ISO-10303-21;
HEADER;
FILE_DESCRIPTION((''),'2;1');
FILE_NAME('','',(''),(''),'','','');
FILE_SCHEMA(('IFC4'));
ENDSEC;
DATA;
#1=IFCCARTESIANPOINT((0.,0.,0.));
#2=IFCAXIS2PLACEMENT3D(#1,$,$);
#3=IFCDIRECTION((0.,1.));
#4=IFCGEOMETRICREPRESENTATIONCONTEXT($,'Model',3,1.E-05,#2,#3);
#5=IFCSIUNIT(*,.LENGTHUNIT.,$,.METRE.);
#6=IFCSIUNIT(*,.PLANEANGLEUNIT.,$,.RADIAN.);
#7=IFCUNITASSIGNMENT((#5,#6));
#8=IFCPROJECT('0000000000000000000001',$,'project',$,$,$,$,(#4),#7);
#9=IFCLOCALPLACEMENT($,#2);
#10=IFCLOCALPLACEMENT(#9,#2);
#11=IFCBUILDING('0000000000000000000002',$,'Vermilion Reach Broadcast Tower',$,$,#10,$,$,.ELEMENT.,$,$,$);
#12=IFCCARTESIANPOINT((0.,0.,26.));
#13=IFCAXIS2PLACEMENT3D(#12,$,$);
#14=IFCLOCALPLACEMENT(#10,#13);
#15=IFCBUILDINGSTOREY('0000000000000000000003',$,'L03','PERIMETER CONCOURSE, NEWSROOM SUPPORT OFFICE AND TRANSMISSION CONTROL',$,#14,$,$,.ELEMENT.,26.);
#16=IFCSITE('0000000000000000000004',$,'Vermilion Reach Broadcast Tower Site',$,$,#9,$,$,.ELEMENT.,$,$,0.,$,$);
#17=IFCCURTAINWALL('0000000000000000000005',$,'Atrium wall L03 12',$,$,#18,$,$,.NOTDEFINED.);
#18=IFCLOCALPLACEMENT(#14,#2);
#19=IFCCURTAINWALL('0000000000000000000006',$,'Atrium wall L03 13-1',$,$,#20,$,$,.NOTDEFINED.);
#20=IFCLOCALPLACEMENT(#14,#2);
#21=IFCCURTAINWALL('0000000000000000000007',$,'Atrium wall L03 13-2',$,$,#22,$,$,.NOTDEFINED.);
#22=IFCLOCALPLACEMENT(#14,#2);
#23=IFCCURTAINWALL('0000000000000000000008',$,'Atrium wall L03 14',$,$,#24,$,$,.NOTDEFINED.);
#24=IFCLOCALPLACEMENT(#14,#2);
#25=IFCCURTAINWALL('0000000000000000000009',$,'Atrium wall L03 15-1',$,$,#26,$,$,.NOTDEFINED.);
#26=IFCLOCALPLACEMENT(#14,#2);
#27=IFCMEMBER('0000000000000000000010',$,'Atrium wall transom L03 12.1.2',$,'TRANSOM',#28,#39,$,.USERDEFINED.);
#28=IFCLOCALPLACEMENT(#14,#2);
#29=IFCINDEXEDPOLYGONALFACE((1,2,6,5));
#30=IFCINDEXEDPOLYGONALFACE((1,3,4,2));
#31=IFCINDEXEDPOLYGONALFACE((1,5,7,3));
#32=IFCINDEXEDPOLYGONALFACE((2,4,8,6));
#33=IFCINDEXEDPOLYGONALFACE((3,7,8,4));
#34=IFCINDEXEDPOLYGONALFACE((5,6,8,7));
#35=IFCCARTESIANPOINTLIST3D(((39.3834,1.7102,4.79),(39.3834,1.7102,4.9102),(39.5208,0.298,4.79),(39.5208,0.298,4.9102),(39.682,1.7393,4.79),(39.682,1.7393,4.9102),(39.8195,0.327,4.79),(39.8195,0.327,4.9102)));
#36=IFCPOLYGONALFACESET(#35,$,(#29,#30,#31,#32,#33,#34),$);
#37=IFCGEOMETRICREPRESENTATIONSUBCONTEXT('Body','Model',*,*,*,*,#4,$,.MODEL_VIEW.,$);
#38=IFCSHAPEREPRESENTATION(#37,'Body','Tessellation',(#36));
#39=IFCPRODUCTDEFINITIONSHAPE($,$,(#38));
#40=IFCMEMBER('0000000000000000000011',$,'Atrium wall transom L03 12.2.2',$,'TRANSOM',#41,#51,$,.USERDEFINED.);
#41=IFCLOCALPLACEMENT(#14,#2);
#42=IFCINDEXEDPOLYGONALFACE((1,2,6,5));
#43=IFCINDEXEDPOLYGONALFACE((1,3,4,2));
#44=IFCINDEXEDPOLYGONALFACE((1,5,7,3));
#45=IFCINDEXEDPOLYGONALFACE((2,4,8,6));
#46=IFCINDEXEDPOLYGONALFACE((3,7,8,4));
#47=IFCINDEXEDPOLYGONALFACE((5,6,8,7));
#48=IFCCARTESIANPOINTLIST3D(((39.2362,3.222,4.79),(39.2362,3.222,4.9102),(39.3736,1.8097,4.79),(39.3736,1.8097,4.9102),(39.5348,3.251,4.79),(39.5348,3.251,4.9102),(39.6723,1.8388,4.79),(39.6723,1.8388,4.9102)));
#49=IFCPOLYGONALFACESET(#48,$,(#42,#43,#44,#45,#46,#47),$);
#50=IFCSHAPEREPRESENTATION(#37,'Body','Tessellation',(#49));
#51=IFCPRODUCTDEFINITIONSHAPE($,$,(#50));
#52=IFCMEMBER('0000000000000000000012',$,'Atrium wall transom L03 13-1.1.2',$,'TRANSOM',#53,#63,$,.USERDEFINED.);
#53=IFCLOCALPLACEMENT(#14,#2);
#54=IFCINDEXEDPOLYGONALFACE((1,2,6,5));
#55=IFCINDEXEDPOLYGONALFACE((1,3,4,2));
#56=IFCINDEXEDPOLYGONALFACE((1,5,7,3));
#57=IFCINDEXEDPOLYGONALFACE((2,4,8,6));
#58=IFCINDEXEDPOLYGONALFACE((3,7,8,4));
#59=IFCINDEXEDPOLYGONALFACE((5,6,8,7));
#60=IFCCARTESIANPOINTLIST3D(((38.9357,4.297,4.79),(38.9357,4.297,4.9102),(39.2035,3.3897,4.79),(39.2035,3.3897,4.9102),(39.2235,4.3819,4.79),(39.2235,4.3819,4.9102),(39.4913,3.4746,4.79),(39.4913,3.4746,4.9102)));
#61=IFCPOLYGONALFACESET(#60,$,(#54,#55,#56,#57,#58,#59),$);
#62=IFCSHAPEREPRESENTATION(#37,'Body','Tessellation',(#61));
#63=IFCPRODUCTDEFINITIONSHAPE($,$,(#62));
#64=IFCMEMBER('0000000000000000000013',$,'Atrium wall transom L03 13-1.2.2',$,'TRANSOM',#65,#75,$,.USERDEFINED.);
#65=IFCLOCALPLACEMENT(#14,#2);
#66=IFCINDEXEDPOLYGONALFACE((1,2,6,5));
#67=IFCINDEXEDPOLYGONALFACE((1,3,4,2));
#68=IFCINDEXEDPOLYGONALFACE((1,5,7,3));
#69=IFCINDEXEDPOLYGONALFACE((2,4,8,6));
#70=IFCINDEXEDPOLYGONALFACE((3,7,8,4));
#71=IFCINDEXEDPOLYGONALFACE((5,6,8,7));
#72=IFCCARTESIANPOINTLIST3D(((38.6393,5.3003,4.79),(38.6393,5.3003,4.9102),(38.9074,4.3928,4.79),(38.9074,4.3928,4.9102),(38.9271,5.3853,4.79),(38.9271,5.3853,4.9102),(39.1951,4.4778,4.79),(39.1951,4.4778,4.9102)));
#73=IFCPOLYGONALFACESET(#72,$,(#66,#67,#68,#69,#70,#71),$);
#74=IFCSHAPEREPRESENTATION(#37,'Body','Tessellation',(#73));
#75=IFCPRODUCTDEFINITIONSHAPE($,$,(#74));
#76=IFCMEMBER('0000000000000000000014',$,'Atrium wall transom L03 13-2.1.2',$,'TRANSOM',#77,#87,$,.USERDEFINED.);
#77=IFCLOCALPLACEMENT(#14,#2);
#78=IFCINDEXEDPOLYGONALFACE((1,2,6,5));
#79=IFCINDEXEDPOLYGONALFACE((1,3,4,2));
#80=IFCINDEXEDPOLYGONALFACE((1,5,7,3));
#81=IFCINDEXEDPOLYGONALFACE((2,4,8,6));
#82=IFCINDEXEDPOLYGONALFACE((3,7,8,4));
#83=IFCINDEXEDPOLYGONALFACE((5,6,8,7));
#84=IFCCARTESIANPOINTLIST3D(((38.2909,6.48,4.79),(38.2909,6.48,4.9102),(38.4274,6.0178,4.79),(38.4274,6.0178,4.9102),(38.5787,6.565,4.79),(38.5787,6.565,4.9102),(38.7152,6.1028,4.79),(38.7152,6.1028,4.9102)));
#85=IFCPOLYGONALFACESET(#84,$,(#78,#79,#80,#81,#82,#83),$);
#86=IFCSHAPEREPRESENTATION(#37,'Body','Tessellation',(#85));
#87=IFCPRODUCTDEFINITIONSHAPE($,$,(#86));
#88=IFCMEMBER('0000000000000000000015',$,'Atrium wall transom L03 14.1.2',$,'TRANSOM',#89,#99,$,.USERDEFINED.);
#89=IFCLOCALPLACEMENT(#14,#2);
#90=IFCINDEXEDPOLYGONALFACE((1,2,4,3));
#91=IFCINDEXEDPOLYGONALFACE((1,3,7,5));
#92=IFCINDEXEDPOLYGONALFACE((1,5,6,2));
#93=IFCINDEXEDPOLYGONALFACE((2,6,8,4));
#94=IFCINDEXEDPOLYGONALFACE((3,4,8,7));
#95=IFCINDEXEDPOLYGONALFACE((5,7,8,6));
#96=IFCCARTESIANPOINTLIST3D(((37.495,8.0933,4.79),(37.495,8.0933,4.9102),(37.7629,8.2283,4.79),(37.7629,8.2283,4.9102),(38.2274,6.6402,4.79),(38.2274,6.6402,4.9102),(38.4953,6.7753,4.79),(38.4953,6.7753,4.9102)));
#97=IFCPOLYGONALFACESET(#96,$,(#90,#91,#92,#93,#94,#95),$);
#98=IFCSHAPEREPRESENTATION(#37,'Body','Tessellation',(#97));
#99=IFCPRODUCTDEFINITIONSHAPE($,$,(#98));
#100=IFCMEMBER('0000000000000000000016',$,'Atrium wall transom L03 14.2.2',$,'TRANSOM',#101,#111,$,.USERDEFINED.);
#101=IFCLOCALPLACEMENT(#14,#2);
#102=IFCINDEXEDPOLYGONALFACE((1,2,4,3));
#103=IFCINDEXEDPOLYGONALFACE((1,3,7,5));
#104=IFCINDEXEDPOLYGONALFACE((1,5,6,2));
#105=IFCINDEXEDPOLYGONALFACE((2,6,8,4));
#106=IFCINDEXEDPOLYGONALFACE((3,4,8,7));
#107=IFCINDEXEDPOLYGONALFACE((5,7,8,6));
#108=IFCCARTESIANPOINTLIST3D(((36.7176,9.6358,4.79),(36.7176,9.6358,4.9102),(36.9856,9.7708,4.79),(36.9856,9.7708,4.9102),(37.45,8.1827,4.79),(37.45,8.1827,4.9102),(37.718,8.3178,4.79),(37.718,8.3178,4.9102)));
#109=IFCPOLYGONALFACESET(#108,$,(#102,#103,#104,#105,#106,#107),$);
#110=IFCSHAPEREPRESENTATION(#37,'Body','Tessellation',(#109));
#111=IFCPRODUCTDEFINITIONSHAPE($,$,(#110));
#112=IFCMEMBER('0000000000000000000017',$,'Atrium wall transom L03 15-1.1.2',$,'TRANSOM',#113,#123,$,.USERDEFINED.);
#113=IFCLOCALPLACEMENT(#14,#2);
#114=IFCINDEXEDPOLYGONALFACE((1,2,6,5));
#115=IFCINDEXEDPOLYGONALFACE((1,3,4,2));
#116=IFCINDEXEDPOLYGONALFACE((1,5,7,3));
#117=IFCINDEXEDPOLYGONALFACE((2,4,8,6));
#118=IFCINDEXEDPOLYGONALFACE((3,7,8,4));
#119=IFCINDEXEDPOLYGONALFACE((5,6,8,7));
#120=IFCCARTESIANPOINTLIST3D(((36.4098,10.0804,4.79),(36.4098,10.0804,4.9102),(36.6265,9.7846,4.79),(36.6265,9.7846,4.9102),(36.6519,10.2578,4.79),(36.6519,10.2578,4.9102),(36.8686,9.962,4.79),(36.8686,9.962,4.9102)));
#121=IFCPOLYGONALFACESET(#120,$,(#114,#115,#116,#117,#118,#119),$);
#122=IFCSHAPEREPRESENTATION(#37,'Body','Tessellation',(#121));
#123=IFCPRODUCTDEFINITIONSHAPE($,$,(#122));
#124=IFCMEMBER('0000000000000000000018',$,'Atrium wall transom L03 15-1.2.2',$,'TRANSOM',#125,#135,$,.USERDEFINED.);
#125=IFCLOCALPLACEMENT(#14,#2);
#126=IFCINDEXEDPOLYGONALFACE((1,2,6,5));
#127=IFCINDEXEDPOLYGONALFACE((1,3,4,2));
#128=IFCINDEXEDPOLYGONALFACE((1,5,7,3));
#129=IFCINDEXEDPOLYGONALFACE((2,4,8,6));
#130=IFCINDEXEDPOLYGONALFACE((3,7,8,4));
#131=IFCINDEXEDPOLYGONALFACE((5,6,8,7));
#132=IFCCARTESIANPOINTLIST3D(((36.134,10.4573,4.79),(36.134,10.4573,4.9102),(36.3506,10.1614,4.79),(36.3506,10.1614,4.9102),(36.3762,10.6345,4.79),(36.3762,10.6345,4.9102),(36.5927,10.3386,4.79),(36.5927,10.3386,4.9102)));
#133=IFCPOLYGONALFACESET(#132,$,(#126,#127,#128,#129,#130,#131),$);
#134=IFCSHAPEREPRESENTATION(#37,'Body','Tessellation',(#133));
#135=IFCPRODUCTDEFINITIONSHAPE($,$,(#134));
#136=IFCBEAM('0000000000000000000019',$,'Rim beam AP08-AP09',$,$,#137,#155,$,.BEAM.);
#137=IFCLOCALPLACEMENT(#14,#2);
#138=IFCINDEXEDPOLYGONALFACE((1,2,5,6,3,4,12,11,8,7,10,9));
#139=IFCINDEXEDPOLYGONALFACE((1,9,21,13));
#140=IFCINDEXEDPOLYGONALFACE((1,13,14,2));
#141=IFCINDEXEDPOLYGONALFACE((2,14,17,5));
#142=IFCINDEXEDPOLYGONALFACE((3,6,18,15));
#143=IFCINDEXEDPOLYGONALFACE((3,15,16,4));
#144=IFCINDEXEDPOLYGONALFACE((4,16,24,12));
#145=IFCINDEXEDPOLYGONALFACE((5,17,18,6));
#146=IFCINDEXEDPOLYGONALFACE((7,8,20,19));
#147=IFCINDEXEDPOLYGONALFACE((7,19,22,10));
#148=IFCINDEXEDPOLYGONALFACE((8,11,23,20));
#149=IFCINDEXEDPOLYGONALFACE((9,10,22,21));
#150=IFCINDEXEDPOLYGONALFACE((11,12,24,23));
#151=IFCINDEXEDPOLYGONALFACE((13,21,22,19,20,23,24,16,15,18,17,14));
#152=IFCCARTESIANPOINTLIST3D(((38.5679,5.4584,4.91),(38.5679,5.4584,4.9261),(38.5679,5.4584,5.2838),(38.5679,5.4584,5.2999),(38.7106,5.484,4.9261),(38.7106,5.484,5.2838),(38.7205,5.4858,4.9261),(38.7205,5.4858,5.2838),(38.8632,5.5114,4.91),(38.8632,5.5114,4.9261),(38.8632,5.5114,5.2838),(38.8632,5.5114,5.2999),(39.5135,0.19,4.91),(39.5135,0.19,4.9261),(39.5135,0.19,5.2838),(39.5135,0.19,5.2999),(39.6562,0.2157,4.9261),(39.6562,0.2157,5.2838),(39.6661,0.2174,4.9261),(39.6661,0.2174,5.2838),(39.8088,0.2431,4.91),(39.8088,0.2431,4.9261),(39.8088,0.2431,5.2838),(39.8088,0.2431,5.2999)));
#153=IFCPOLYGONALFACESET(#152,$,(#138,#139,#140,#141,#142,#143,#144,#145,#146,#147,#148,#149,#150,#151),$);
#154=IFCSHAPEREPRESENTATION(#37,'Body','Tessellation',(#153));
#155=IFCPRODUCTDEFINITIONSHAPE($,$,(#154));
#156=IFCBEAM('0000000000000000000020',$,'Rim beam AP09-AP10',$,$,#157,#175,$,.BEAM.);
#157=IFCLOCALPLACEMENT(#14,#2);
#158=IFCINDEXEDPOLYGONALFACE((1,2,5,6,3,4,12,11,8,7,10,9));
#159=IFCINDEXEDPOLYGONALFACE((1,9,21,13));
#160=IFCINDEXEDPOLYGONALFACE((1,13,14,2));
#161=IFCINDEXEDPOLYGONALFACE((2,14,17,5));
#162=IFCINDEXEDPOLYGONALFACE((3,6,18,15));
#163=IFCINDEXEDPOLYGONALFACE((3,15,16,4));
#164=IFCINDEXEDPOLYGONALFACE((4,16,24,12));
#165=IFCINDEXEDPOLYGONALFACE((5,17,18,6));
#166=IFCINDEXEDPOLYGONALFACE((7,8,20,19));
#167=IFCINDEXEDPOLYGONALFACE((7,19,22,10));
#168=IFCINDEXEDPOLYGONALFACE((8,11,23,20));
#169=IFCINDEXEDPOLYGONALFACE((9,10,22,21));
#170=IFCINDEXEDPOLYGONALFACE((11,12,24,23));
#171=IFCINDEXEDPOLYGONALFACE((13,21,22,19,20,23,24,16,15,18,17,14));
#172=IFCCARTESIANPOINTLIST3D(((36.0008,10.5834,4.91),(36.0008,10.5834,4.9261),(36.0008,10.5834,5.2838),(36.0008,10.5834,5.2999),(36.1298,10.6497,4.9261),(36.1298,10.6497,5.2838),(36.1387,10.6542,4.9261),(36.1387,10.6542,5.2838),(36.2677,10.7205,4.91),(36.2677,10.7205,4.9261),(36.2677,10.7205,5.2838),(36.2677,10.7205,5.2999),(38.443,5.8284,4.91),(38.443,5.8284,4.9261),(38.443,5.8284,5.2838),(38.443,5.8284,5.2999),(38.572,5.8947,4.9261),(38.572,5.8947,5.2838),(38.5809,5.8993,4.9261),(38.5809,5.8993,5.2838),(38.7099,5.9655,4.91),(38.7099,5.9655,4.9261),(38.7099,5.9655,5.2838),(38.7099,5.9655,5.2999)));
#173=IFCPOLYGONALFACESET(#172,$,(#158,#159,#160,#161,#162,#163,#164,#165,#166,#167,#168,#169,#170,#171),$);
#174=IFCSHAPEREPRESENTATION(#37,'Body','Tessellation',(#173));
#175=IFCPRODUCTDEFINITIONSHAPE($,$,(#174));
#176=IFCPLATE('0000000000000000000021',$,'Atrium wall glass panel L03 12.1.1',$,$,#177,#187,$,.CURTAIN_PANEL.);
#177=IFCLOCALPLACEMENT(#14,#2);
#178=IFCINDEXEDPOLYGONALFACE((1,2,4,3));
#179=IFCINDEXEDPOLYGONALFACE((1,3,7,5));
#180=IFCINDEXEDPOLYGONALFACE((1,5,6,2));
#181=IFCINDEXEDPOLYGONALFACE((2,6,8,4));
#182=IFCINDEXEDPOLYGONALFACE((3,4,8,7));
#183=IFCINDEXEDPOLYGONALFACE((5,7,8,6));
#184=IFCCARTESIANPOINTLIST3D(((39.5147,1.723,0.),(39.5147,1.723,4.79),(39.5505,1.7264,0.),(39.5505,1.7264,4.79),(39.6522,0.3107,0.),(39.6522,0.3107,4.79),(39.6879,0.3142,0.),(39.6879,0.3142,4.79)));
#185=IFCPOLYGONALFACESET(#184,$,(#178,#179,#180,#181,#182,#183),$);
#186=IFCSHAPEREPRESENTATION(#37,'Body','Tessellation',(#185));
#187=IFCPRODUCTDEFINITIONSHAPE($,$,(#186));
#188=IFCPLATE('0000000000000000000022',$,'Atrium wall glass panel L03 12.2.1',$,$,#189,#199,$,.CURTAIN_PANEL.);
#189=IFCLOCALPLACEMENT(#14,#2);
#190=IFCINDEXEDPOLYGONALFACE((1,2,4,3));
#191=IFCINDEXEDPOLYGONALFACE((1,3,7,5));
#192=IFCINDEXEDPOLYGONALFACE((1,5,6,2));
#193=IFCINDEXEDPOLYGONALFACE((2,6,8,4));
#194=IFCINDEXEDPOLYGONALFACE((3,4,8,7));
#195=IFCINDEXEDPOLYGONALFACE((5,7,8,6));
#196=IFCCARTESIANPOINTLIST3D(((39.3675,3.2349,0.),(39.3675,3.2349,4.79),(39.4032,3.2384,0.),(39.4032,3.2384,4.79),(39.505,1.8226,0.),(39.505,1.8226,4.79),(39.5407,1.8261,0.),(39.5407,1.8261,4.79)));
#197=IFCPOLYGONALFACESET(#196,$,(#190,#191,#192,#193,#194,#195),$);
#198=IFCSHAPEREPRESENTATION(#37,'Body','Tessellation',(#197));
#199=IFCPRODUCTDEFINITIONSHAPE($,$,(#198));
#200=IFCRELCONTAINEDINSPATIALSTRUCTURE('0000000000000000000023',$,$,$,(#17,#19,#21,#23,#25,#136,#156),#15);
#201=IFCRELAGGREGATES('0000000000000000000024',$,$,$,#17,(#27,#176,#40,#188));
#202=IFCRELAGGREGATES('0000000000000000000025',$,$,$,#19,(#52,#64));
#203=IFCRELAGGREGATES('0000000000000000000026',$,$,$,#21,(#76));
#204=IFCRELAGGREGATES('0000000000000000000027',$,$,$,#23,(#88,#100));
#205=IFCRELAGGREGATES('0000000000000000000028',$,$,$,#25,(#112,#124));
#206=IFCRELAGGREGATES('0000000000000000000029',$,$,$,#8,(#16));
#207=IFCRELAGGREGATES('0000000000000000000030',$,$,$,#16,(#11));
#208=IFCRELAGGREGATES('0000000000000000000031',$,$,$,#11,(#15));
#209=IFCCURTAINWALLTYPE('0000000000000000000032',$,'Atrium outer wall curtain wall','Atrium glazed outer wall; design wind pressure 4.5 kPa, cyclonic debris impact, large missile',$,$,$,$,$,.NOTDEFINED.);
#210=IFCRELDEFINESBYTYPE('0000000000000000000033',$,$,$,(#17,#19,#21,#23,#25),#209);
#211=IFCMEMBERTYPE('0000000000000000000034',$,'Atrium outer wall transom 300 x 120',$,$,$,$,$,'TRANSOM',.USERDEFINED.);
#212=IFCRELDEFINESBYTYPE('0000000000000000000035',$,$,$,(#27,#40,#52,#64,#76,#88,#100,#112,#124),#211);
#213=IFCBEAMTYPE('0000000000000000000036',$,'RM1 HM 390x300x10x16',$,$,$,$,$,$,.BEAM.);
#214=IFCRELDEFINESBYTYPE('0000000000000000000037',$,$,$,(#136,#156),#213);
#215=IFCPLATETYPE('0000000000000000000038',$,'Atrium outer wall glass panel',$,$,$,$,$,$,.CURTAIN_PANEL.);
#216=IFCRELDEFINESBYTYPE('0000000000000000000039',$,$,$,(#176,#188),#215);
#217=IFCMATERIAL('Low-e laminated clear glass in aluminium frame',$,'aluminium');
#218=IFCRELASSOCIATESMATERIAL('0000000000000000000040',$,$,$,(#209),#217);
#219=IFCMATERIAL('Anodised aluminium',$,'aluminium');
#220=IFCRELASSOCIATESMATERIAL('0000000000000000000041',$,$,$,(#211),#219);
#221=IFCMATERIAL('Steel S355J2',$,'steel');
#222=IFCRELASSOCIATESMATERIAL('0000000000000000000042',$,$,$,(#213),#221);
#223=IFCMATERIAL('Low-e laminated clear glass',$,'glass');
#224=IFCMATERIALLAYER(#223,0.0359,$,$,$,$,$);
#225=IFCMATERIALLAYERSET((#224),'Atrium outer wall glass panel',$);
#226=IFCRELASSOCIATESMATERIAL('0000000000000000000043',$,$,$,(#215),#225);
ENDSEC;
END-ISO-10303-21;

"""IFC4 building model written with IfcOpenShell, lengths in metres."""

from ifc_helpers import new_model, si_unit, direction, frame, origin, origin_2d, place, context, subcontext, project, spatial, rectangle, i_section, extrude, material, layer, layer_set, material_profile, profile_set, type_object, element, aggregate, save


model = new_model("IFC4")

# Units and contexts
model_context = context("Model", 3, precision=1e-05, world=origin(), true_north=direction((0.0, 1.0)))
body_context = subcontext(model_context, "Body", "Model", "MODEL_VIEW")
ifc_project = project(units=[si_unit("LENGTHUNIT", "METRE"), si_unit("PLANEANGLEUNIT", "RADIAN")], contexts=[model_context])

# Site, building, storey
site_placement = place(None, origin())
site = spatial("IfcSite", under=ifc_project, at=site_placement, Name="Vermilion Reach Broadcast Tower Site", CompositionType="ELEMENT", RefElevation=0.0)
building_placement = place(site_placement, origin())
building = spatial("IfcBuilding", under=site, at=building_placement, Name="Vermilion Reach Broadcast Tower", CompositionType="ELEMENT")
storey_placement = place(building_placement, frame((0.0, 0.0, 26.0)))
storey = spatial("IfcBuildingStorey", under=building, at=storey_placement, Name="L03", Description="PERIMETER CONCOURSE, NEWSROOM SUPPORT OFFICE AND TRANSMISSION CONTROL", CompositionType="ELEMENT", Elevation=26.0)

# Curtain walls
ifc_material_1 = material(Name="Low-e laminated clear glass in aluminium frame", Category="aluminium")
curtain_wall_type = type_object("IfcCurtainWallType", Name="Atrium outer wall curtain wall", Description="Atrium glazed outer wall; design wind pressure 4.5 kPa, cyclonic debris impact, large missile", PredefinedType="NOTDEFINED", material=ifc_material_1)
placement = place(storey_placement, origin())
curtain_wall_1 = element("IfcCurtainWall", 1, at=placement, inside=storey, type_object=curtain_wall_type, Name="Atrium wall L03 12", PredefinedType="NOTDEFINED")
curtain_wall_2 = element("IfcCurtainWall", 2, at=placement, inside=storey, type_object=curtain_wall_type, Name="Atrium wall L03 13-1", PredefinedType="NOTDEFINED")
curtain_wall_3 = element("IfcCurtainWall", 3, at=placement, inside=storey, type_object=curtain_wall_type, Name="Atrium wall L03 13-2", PredefinedType="NOTDEFINED")
curtain_wall_4 = element("IfcCurtainWall", 4, at=placement, inside=storey, type_object=curtain_wall_type, Name="Atrium wall L03 14", PredefinedType="NOTDEFINED")
curtain_wall_5 = element("IfcCurtainWall", 5, at=placement, inside=storey, type_object=curtain_wall_type, Name="Atrium wall L03 15-1", PredefinedType="NOTDEFINED")

# Members
ifc_material_2 = material(Name="Anodised aluminium", Category="aluminium")
ifc_material_profile_1 = material_profile(ifc_material_2, rectangle(XDim=0.3, YDim=0.1201, at=origin_2d()), Name="Atrium outer wall transom 300 x 120")
ifc_profile_set_1 = profile_set([ifc_material_profile_1], Name="Anodised aluminium")
member_type_1 = type_object("IfcMemberType", Name="Atrium outer wall transom 300 x 120", ElementType="TRANSOM", PredefinedType="USERDEFINED", material=ifc_profile_set_1)
member_1_placement = place(storey_placement, frame((39.6702, 0.3125, 4.8501), z_axis=(-0.096863, 0.995298, 0.0), x_axis=(-0.995298, -0.096863, 0.0)))
member_1 = element("IfcMember", 6, at=member_1_placement, type_object=member_type_1, Name="Atrium wall transom L03 12.1.2", ObjectType="TRANSOM", PredefinedType="USERDEFINED", context=body_context, shape_type="SweptSolid", body=[
    extrude(rectangle(XDim=0.3, YDim=0.1201, at=origin_2d()), origin(), (0.0, 0.0, 1.0), 1.4189),
])
member_2_placement = place(storey_placement, frame((39.5229, 1.8242, 4.8501), z_axis=(-0.096863, 0.995298, 0.0), x_axis=(-0.995298, -0.096863, 0.0)))
member_2 = element("IfcMember", 7, at=member_2_placement, type_object=member_type_1, Name="Atrium wall transom L03 12.2.2", ObjectType="TRANSOM", PredefinedType="USERDEFINED", context=body_context, shape_type="SweptSolid", body=[
    extrude(rectangle(XDim=0.3, YDim=0.1201, at=origin_2d()), origin(), (0.0, 0.0, 1.0), 1.4189),
])
member_3_placement = place(storey_placement, frame((39.3474, 3.4321, 4.8501), z_axis=(-0.28306, 0.959102, 0.0), x_axis=(-0.959102, -0.28306, 0.0)))
member_3 = element("IfcMember", 8, at=member_3_placement, type_object=member_type_1, Name="Atrium wall transom L03 13-1.1.2", ObjectType="TRANSOM", PredefinedType="USERDEFINED", context=body_context, shape_type="SweptSolid", body=[
    extrude(rectangle(XDim=0.3, YDim=0.1201, at=origin_2d()), origin(), (0.0, 0.0, 1.0), 0.946),
])
member_4_placement = place(storey_placement, frame((39.0513, 4.4353, 4.8501), z_axis=(-0.283298, 0.959032, 0.0), x_axis=(-0.959032, -0.283298, 0.0)))
member_4 = element("IfcMember", 9, at=member_4_placement, type_object=member_type_1, Name="Atrium wall transom L03 13-1.2.2", ObjectType="TRANSOM", PredefinedType="USERDEFINED", context=body_context, shape_type="SweptSolid", body=[
    extrude(rectangle(XDim=0.3, YDim=0.1201, at=origin_2d()), origin(), (0.0, 0.0, 1.0), 0.9463),
])
member_5_placement = place(storey_placement, frame((38.5713, 6.0603, 4.8501), z_axis=(-0.283208, 0.959058, 0.0), x_axis=(-0.959058, -0.283208, 0.0)))
member_5 = element("IfcMember", 10, at=member_5_placement, type_object=member_type_1, Name="Atrium wall transom L03 13-2.1.2", ObjectType="TRANSOM", PredefinedType="USERDEFINED", context=body_context, shape_type="SweptSolid", body=[
    extrude(rectangle(XDim=0.3, YDim=0.1201, at=origin_2d()), origin(), (0.0, 0.0, 1.0), 0.4819),
])
member_6_placement = place(storey_placement, frame((38.3613, 6.7078, 4.8501), z_axis=(-0.450092, 0.892982, 0.0), x_axis=(-0.892982, -0.450092, 0.0)))
member_6 = element("IfcMember", 11, at=member_6_placement, type_object=member_type_1, Name="Atrium wall transom L03 14.1.2", ObjectType="TRANSOM", PredefinedType="USERDEFINED", context=body_context, shape_type="SweptSolid", body=[
    extrude(rectangle(XDim=0.3, YDim=0.1201, at=origin_2d()), origin(), (0.0, 0.0, 1.0), 1.6272),
])
member_7_placement = place(storey_placement, frame((37.584, 8.2502, 4.8501), z_axis=(-0.450092, 0.892982, 0.0), x_axis=(-0.892982, -0.450092, 0.0)))
member_7 = element("IfcMember", 12, at=member_7_placement, type_object=member_type_1, Name="Atrium wall transom L03 14.2.2", ObjectType="TRANSOM", PredefinedType="USERDEFINED", context=body_context, shape_type="SweptSolid", body=[
    extrude(rectangle(XDim=0.3, YDim=0.1201, at=origin_2d()), origin(), (0.0, 0.0, 1.0), 1.6272),
])
member_8_placement = place(storey_placement, frame((36.7476, 9.8733, 4.8501), z_axis=(-0.591017, 0.806659, 0.0), x_axis=(-0.806659, -0.591017, 0.0)))
member_8 = element("IfcMember", 13, at=member_8_placement, type_object=member_type_1, Name="Atrium wall transom L03 15-1.1.2", ObjectType="TRANSOM", PredefinedType="USERDEFINED", context=body_context, shape_type="SweptSolid", body=[
    extrude(rectangle(XDim=0.3, YDim=0.1201, at=origin_2d()), origin(), (0.0, 0.0, 1.0), 0.3667),
])
member_9_placement = place(storey_placement, frame((36.4717, 10.25, 4.8501), z_axis=(-0.590584, 0.806976, 0.0), x_axis=(-0.806976, -0.590584, 0.0)))
member_9 = element("IfcMember", 14, at=member_9_placement, type_object=member_type_1, Name="Atrium wall transom L03 15-1.2.2", ObjectType="TRANSOM", PredefinedType="USERDEFINED", context=body_context, shape_type="SweptSolid", body=[
    extrude(rectangle(XDim=0.3, YDim=0.1201, at=origin_2d()), origin(), (0.0, 0.0, 1.0), 0.3667),
])

# Beams
ifc_material_3 = material(Name="Steel S355J2", Category="steel")
ifc_material_profile_2 = material_profile(ifc_material_3, i_section(OverallWidth=0.3, OverallDepth=0.3899, WebThickness=0.01, FlangeThickness=0.0161, at=origin_2d()), Name="S355J2 HM 390x300x10x16")
ifc_profile_set_2 = profile_set([ifc_material_profile_2], Name="Steel S355J2")
beam_type = type_object("IfcBeamType", Name="RM1 HM 390x300x10x16", PredefinedType="BEAM", material=ifc_profile_set_2)
beam_1_placement = place(storey_placement, frame((39.6611, 0.2166, 5.105), z_axis=(-0.176657, 0.984272, 0.0), x_axis=(-0.984272, -0.176657, 0.0)))
element("IfcBeam", 15, at=beam_1_placement, inside=storey, type_object=beam_type, Name="Rim beam AP08-AP09", PredefinedType="BEAM", context=body_context, shape_type="SweptSolid", body=[
    extrude(i_section(OverallWidth=0.3, OverallDepth=0.3899, WebThickness=0.01, FlangeThickness=0.0161, at=origin_2d()), origin(), (0.0, 0.0, 1.0), 5.3525),
])
beam_2_placement = place(storey_placement, frame((38.5764, 5.897, 5.105), z_axis=(-0.45687, 0.889533, 0.0), x_axis=(-0.889533, -0.45687, 0.0)))
element("IfcBeam", 16, at=beam_2_placement, inside=storey, type_object=beam_type, Name="Rim beam AP09-AP10", PredefinedType="BEAM", context=body_context, shape_type="SweptSolid", body=[
    extrude(i_section(OverallWidth=0.3, OverallDepth=0.3899, WebThickness=0.01, FlangeThickness=0.0161, at=origin_2d()), origin(), (0.0, 0.0, 1.0), 5.3455),
])

# Plates
ifc_material_4 = material(Name="Low-e laminated clear glass", Category="glass")
ifc_layer = layer(ifc_material_4, 0.0359)
ifc_layer_set = layer_set([ifc_layer], Name="Atrium outer wall glass panel")
plate_type = type_object("IfcPlateType", Name="Atrium outer wall glass panel", PredefinedType="CURTAIN_PANEL", material=ifc_layer_set)
plate_1_placement = place(storey_placement, frame((39.6013, 1.0186, 0.0), z_axis=(0.0, 0.0, 1.0), x_axis=(-0.096861, 0.995298, 0.0)))
plate_1 = element("IfcPlate", 17, at=plate_1_placement, type_object=plate_type, Name="Atrium wall glass panel L03 12.1.1", PredefinedType="CURTAIN_PANEL", context=body_context, shape_type="SweptSolid", body=[
    extrude(rectangle(XDim=1.4189, YDim=0.0359, at=origin_2d()), origin(), (0.0, 0.0, 1.0), 4.79),
])
plate_2_placement = place(storey_placement, frame((39.4541, 2.5305, 0.0), z_axis=(0.0, 0.0, 1.0), x_axis=(-0.096861, 0.995298, 0.0)))
plate_2 = element("IfcPlate", 18, at=plate_2_placement, type_object=plate_type, Name="Atrium wall glass panel L03 12.2.1", PredefinedType="CURTAIN_PANEL", context=body_context, shape_type="SweptSolid", body=[
    extrude(rectangle(XDim=1.4189, YDim=0.0359, at=origin_2d()), origin(), (0.0, 0.0, 1.0), 4.79),
])
aggregate(curtain_wall_1, [member_1, plate_1, member_2, plate_2])
aggregate(curtain_wall_2, [member_3, member_4])
aggregate(curtain_wall_3, [member_5])
aggregate(curtain_wall_4, [member_6, member_7])
aggregate(curtain_wall_5, [member_8, member_9])

save(model, "model.ifc")
